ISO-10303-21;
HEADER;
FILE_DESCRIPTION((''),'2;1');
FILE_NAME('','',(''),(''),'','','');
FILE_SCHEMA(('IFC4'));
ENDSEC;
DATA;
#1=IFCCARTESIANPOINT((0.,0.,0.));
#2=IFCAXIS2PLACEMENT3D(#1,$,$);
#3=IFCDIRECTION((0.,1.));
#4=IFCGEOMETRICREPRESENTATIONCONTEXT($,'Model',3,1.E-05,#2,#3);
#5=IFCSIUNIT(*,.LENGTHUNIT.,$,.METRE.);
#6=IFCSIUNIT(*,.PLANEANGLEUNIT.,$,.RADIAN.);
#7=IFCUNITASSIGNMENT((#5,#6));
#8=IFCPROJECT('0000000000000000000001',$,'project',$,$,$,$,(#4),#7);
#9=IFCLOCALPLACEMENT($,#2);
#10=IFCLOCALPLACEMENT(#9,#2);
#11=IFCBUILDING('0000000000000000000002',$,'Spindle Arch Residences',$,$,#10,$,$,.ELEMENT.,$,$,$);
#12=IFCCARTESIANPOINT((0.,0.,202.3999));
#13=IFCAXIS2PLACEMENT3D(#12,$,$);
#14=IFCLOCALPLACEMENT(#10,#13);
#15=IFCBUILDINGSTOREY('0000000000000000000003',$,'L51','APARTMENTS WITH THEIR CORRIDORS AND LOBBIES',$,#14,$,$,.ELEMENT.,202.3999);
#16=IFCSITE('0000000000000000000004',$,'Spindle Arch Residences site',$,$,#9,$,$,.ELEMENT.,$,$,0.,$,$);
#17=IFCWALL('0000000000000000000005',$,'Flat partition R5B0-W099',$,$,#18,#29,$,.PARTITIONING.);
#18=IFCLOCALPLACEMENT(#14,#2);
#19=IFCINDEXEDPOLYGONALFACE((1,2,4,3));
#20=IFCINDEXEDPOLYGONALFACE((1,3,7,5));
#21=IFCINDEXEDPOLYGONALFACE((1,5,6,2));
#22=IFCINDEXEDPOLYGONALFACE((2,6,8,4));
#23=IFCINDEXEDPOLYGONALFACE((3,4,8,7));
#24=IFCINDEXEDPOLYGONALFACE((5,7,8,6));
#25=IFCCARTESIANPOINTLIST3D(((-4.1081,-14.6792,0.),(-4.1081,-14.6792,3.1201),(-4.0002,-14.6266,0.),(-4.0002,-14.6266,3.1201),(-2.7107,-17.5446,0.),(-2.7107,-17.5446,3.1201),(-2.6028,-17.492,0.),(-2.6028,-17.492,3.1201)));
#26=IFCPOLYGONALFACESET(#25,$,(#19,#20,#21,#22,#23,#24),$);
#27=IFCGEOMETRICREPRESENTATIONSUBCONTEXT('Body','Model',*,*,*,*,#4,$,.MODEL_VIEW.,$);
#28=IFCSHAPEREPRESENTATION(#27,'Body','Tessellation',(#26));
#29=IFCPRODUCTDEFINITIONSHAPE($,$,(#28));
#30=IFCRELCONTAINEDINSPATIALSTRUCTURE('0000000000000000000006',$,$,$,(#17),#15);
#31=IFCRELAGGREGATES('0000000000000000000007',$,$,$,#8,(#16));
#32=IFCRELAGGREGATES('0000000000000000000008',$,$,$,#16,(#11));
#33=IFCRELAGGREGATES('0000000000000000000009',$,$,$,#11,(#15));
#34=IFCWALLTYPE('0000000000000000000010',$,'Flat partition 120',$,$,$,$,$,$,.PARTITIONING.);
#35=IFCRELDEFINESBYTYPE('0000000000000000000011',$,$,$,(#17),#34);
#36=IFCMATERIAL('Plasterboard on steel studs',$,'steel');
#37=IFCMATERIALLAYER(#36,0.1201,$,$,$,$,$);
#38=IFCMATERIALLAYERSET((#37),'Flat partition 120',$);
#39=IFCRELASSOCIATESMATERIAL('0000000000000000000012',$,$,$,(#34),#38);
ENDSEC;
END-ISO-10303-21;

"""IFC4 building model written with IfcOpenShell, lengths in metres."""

from ifc_helpers import new_model, si_unit, direction, frame, frame_2d, origin, place, context, subcontext, project, spatial, rectangle, extrude, material, layer, layer_set, type_object, element, save


model = new_model("IFC4")

# Units and contexts
model_context = context("Model", 3, precision=1e-05, world=origin(), true_north=direction((0.0, 1.0)))
body_context = subcontext(model_context, "Body", "Model", "MODEL_VIEW")
ifc_project = project(units=[si_unit("LENGTHUNIT", "METRE"), si_unit("PLANEANGLEUNIT", "RADIAN")], contexts=[model_context])

# Site, building, storey
site_placement = place(None, origin())
site = spatial("IfcSite", under=ifc_project, at=site_placement, Name="Spindle Arch Residences site", CompositionType="ELEMENT", RefElevation=0.0)
building_placement = place(site_placement, origin())
building = spatial("IfcBuilding", under=site, at=building_placement, Name="Spindle Arch Residences", CompositionType="ELEMENT")
storey_placement = place(building_placement, frame((0.0, 0.0, 202.3999)))
storey = spatial("IfcBuildingStorey", under=building, at=storey_placement, Name="L51", Description="APARTMENTS WITH THEIR CORRIDORS AND LOBBIES", CompositionType="ELEMENT", Elevation=202.3999)

# Shared definitions
ifc_material_1 = material(Name="Plasterboard on steel studs", Category="steel")
ifc_layer_1 = layer(ifc_material_1, 0.1201)
ifc_layer_set_1 = layer_set([ifc_layer_1], Name="Flat partition 120")
wall_type = type_object("IfcWallType", Name="Flat partition 120", PredefinedType="PARTITIONING", material=ifc_layer_set_1)

# Wall
wall_1_placement = place(storey_placement, frame((-2.6567, -17.5183, 0.0), z_axis=(0.0, 0.0, 1.0), x_axis=(-0.438339, 0.89881, 0.0)))
element("IfcWall", 1, at=wall_1_placement, inside=storey, type_object=wall_type, Name="Flat partition R5B0-W099", PredefinedType="PARTITIONING", context=body_context, shape_type="SweptSolid", body=[
    extrude(rectangle(XDim=3.188, YDim=0.1201, at=frame_2d((1.594, 0.0))), origin(), (0.0, 0.0, 1.0), 3.1201),
])

save(model, "model.ifc")
